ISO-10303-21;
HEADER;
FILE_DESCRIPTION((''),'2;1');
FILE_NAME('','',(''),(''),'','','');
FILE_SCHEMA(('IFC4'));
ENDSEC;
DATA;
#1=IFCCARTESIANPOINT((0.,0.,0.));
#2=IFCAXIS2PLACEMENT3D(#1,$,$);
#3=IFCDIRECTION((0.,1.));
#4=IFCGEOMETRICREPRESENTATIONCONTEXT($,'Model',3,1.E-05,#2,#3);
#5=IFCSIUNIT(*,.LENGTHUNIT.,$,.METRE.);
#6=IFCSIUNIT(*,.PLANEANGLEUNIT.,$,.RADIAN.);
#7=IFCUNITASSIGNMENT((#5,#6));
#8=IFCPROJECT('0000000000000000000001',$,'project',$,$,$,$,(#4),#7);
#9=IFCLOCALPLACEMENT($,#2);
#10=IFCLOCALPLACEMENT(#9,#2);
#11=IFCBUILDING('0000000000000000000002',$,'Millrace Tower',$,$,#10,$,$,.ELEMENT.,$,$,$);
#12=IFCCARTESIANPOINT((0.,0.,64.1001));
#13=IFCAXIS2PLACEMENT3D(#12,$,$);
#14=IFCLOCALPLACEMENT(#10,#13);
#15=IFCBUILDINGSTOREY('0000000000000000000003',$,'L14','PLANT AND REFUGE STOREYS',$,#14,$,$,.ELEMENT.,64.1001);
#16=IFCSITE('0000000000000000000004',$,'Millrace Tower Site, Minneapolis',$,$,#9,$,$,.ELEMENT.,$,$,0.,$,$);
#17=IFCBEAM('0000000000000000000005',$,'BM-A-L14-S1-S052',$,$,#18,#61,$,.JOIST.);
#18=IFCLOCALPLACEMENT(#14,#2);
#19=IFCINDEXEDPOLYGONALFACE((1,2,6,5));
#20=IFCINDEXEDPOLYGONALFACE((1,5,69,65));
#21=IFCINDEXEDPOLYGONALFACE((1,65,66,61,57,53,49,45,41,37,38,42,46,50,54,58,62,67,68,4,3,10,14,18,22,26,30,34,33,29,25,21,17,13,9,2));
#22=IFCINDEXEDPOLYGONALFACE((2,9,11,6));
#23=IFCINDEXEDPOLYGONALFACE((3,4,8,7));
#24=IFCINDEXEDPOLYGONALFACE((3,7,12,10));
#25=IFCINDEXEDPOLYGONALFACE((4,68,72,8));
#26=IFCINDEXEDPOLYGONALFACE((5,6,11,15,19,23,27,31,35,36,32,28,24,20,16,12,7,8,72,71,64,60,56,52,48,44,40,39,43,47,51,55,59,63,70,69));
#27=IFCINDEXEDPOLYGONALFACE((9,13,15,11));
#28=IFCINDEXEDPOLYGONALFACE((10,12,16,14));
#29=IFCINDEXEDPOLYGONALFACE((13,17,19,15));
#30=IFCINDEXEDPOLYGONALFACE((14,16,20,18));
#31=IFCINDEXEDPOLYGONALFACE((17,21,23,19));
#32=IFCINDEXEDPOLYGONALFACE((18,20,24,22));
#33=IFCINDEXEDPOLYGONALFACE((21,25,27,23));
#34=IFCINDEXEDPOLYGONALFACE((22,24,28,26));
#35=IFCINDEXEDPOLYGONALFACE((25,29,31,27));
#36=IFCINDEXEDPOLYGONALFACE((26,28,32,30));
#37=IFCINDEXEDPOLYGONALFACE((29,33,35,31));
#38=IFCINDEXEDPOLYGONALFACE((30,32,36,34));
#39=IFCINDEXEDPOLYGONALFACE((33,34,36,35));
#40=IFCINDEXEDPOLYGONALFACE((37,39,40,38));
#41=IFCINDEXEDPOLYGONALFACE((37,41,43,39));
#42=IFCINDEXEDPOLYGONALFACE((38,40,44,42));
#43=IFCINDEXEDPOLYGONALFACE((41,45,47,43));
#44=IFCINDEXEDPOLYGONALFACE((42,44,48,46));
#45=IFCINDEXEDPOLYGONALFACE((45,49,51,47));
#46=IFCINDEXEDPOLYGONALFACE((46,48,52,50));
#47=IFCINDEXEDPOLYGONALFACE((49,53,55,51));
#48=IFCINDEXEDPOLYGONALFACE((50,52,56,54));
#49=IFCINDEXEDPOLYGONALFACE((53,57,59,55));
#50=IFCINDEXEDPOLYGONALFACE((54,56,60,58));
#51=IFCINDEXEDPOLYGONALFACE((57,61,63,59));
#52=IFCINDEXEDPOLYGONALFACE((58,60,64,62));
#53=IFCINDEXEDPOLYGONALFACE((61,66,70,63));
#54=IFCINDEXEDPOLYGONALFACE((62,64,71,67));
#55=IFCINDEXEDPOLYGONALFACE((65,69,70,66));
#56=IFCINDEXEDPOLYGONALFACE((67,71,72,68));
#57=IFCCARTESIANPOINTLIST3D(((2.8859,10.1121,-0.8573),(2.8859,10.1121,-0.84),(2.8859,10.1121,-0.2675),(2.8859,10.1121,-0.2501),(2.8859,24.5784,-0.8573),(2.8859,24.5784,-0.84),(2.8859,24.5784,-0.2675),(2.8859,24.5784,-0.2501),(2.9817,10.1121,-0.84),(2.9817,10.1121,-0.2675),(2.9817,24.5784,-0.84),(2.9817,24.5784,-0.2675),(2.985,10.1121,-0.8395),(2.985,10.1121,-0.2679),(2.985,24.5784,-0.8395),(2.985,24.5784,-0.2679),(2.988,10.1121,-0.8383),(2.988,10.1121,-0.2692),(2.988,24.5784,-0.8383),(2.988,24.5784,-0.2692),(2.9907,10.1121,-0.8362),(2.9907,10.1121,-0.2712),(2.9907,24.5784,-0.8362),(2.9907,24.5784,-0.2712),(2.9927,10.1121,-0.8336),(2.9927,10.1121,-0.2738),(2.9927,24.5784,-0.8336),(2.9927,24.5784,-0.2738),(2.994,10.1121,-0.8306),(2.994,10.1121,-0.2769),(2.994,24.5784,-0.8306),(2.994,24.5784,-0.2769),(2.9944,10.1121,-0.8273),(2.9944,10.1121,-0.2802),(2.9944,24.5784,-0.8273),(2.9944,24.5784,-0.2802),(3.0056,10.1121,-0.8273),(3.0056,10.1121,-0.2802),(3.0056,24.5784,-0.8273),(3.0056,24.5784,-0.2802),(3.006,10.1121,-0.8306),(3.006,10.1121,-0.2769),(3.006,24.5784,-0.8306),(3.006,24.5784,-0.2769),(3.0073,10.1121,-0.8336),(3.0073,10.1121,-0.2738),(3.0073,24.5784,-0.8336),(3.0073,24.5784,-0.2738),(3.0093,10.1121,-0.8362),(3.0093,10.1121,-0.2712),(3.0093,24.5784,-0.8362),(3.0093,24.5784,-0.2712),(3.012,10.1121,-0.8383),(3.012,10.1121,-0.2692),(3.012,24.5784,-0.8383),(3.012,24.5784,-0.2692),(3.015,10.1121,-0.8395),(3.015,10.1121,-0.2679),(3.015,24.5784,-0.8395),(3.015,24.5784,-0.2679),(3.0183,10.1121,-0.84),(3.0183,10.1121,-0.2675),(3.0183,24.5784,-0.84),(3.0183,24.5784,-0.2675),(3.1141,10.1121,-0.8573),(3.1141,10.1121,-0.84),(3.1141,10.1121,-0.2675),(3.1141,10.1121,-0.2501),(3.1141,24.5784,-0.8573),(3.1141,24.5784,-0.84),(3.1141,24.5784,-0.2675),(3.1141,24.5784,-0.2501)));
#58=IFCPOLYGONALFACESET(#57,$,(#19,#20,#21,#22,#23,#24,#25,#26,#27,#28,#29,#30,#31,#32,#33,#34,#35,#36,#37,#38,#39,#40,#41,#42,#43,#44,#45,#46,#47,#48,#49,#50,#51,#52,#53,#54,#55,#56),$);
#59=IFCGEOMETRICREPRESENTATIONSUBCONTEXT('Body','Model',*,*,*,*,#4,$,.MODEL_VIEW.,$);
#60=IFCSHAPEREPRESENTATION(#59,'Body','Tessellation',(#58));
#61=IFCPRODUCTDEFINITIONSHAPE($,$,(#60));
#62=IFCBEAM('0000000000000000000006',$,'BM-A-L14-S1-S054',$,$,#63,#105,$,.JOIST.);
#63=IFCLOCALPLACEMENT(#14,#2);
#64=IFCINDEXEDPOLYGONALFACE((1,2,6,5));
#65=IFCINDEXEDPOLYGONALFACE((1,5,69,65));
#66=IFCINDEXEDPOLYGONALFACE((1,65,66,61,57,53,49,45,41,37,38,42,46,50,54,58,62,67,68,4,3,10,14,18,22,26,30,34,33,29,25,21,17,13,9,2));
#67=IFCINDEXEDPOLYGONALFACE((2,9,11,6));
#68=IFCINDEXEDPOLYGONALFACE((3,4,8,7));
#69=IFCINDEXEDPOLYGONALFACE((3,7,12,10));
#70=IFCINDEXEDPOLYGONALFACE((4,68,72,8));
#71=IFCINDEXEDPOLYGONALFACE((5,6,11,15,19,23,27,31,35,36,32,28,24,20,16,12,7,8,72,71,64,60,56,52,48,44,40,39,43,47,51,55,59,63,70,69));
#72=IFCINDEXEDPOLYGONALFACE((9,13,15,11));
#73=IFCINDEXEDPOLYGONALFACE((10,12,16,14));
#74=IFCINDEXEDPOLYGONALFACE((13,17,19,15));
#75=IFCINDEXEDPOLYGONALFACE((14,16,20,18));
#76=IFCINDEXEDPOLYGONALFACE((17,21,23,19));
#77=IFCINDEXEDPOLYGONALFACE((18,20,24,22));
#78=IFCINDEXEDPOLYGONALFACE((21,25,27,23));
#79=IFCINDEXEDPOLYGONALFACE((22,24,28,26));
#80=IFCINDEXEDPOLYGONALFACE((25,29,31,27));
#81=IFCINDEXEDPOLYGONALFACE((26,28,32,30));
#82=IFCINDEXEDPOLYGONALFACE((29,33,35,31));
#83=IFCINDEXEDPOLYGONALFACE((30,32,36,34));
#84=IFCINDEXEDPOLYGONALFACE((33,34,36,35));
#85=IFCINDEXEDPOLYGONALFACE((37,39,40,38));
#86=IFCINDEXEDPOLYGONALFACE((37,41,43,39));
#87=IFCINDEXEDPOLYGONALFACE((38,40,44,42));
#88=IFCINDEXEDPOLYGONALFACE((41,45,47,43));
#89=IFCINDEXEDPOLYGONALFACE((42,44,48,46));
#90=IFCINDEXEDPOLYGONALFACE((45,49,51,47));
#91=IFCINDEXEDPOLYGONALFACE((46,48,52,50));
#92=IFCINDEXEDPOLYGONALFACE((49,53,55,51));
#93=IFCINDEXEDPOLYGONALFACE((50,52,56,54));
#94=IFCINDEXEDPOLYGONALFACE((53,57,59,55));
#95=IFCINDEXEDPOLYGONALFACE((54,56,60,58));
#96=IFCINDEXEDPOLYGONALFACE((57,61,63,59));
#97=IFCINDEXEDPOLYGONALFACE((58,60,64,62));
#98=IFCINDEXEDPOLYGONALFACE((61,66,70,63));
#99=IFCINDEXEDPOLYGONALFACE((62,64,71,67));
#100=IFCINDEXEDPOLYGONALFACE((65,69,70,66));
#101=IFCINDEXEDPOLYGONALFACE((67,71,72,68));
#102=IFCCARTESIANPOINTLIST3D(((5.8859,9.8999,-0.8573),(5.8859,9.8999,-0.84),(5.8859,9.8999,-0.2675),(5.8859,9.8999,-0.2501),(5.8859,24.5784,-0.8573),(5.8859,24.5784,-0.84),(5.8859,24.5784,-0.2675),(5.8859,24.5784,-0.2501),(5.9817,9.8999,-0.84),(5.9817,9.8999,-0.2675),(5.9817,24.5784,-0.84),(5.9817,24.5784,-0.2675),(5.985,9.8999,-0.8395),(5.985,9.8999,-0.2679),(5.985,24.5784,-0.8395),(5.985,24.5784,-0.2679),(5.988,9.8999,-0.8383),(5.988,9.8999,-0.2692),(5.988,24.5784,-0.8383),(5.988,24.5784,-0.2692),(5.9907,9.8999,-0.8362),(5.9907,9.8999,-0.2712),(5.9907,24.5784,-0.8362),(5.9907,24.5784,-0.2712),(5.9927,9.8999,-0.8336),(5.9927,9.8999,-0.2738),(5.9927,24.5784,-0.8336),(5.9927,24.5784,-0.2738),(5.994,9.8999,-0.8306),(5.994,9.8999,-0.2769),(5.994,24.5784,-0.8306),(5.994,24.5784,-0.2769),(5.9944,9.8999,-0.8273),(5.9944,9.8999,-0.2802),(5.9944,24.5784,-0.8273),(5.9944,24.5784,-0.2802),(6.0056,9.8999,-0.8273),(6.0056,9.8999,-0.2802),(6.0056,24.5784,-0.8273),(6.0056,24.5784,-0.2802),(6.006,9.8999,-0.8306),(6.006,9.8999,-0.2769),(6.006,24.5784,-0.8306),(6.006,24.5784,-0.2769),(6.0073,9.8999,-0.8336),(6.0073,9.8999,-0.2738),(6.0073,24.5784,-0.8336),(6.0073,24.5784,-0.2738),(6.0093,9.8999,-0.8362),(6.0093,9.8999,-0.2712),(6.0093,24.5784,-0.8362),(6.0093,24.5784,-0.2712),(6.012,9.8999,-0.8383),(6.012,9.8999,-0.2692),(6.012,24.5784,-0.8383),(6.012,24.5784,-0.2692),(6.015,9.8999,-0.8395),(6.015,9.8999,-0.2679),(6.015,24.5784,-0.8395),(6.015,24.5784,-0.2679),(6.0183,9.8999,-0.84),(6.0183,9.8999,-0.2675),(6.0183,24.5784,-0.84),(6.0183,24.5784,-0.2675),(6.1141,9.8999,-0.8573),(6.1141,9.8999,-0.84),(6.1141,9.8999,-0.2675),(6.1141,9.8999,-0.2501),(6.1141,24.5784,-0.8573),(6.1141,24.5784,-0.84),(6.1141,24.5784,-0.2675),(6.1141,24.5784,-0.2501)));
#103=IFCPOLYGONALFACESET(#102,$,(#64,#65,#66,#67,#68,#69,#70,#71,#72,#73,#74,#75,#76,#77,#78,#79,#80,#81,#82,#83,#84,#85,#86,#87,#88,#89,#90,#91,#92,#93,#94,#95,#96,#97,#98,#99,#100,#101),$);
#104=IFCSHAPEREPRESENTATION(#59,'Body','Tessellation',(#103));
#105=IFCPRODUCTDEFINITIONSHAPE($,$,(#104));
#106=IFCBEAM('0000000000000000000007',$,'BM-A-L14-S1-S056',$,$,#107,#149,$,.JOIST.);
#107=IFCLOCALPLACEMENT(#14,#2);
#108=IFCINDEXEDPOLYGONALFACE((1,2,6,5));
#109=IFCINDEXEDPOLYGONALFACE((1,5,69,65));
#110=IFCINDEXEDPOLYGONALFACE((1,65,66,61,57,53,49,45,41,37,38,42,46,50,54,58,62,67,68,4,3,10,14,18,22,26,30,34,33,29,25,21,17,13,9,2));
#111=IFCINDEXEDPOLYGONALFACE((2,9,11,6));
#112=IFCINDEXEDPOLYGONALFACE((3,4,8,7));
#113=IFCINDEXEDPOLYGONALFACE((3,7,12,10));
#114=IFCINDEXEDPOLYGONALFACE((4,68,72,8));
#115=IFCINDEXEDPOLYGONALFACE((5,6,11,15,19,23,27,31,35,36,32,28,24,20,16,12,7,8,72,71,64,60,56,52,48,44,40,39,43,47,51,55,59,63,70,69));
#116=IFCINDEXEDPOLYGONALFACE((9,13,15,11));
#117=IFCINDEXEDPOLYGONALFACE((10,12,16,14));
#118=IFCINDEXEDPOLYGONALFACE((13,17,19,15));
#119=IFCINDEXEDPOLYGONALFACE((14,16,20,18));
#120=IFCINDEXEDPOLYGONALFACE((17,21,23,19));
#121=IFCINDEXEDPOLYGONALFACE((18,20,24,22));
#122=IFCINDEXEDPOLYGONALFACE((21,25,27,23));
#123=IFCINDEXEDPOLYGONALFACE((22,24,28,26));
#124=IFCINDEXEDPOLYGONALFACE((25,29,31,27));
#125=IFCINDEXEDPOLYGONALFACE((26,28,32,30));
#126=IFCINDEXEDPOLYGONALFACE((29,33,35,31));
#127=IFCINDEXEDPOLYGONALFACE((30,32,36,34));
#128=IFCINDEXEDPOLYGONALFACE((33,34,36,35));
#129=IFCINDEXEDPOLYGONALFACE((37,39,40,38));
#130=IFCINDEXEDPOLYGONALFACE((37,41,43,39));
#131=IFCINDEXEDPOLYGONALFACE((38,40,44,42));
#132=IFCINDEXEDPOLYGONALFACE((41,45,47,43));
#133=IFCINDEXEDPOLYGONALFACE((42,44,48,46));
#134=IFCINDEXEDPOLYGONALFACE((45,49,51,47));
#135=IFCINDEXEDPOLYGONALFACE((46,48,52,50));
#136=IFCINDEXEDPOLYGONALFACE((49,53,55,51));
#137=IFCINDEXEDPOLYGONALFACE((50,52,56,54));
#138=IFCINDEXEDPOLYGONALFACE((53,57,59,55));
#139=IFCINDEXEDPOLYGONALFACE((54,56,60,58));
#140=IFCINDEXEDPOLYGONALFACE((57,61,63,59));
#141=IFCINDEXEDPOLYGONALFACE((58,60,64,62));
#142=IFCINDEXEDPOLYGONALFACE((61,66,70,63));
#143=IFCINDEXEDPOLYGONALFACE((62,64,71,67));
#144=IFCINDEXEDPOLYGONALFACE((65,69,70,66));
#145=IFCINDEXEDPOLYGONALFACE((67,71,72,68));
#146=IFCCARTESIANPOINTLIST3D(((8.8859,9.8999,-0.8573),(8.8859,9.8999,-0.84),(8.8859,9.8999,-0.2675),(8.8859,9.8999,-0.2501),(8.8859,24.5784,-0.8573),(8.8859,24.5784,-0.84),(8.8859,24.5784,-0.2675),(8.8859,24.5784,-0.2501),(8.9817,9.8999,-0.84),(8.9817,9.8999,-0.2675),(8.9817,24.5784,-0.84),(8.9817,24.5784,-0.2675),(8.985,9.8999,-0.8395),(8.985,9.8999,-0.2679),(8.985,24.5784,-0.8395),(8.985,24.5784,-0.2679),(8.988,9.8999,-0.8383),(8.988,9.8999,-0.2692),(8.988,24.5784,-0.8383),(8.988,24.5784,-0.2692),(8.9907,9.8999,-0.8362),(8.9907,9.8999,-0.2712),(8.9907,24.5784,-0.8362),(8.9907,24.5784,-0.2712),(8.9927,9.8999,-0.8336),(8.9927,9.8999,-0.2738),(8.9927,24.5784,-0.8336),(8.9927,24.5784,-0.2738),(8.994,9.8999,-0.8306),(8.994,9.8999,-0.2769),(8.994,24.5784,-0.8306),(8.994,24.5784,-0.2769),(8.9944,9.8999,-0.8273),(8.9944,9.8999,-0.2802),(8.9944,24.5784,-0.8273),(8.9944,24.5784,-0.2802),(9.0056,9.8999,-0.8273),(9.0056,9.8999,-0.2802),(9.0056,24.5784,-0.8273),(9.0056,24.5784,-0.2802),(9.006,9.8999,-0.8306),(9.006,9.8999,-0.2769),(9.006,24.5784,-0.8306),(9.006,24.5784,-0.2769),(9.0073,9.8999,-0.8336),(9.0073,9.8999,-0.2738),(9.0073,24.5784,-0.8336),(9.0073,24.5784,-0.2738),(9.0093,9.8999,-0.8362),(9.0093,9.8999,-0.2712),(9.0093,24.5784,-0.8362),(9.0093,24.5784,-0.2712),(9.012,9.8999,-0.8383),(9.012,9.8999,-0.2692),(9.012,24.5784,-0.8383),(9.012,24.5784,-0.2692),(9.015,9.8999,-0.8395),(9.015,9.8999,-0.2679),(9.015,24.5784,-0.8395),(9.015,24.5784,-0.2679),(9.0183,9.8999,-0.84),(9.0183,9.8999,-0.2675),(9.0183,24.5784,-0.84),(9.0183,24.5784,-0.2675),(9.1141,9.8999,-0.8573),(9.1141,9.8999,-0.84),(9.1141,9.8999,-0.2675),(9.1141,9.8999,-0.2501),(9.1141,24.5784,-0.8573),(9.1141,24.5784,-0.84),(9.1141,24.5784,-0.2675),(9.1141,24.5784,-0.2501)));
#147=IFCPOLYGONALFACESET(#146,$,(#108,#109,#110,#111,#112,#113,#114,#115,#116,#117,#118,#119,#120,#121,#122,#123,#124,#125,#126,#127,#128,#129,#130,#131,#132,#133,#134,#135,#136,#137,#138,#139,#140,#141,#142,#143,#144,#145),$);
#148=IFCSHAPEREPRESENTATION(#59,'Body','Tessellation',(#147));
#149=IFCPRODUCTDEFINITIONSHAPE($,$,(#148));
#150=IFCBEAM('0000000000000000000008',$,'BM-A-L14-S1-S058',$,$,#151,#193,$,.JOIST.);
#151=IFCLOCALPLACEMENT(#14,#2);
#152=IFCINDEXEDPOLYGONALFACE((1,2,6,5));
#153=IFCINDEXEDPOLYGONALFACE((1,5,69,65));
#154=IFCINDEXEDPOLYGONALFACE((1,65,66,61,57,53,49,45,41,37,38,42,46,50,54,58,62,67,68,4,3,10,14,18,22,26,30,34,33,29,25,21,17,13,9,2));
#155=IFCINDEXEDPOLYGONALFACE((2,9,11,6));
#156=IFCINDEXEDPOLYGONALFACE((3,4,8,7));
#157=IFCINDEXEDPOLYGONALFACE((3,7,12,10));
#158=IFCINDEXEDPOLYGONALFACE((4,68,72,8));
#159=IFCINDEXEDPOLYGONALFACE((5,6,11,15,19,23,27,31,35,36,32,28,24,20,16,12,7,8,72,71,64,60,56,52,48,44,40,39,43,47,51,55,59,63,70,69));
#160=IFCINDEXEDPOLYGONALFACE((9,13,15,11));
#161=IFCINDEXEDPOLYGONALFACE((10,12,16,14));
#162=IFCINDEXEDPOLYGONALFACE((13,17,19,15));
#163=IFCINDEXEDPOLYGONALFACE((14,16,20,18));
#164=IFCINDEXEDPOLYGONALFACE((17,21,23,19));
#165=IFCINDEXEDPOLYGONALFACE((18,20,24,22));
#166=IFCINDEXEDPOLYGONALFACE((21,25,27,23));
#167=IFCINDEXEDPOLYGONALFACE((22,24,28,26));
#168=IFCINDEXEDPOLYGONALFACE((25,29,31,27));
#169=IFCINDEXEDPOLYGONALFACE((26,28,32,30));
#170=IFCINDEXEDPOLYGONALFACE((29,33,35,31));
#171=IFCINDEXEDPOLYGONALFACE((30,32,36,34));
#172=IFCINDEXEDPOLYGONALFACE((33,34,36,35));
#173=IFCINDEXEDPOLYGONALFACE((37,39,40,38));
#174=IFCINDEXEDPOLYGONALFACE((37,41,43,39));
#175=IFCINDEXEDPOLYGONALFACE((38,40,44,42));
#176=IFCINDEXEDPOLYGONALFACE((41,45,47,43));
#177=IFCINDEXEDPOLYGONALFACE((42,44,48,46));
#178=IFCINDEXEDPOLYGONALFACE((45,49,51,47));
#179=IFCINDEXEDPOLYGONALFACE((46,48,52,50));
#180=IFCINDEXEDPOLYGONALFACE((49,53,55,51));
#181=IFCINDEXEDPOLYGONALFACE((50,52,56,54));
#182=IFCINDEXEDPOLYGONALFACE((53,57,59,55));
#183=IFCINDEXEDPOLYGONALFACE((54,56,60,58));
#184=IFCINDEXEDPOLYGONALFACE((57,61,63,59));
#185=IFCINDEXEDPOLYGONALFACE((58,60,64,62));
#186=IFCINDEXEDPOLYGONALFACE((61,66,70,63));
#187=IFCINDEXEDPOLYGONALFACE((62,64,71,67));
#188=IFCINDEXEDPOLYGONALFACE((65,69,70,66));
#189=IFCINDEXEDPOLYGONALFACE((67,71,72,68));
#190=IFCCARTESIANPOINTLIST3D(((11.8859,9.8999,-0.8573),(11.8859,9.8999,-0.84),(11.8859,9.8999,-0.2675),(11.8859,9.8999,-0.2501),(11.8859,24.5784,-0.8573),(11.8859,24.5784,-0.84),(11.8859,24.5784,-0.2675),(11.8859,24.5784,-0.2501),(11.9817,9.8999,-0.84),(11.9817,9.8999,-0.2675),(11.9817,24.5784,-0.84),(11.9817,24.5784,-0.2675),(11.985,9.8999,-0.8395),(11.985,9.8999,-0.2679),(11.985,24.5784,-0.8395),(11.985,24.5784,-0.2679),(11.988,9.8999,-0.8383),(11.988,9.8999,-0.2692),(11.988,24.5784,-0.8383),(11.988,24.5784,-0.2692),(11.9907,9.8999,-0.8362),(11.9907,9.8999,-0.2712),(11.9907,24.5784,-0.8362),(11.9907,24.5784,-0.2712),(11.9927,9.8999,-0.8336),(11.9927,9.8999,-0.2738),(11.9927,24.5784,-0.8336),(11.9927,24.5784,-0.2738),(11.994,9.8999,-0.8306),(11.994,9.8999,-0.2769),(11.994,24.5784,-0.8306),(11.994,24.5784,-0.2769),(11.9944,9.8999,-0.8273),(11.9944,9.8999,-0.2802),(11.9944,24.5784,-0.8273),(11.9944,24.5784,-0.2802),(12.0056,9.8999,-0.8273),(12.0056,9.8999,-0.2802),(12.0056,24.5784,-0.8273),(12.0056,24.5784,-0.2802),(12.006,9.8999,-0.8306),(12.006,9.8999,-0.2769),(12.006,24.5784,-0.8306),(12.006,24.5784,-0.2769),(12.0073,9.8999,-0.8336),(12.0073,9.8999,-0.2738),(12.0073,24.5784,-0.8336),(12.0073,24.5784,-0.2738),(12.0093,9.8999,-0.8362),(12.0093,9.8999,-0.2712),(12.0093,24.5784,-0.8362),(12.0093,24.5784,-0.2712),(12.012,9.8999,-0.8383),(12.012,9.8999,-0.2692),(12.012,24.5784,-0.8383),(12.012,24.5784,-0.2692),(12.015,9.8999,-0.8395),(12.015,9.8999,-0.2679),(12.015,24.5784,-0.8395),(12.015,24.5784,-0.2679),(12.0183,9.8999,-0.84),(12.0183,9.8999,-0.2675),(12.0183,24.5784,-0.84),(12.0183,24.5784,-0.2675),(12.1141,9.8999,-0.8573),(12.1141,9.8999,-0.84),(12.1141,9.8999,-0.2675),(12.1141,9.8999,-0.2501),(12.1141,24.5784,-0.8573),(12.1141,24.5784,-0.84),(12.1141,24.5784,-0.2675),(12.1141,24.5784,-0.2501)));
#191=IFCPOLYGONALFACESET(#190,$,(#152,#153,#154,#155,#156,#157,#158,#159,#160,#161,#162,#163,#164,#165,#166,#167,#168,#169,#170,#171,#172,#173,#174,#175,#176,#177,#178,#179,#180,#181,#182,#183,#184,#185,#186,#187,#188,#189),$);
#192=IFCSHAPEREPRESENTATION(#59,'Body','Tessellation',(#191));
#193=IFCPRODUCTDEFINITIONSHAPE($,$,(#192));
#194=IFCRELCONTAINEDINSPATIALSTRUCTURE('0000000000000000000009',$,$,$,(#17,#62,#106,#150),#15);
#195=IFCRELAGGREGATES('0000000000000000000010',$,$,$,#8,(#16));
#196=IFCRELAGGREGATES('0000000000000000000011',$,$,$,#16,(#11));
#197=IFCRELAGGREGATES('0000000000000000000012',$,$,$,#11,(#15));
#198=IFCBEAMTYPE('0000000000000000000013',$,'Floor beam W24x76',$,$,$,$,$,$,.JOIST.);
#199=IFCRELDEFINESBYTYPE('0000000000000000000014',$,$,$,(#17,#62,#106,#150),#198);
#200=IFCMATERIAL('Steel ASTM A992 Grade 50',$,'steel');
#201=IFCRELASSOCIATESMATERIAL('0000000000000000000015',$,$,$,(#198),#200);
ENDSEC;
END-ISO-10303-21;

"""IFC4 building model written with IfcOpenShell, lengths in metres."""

from ifc_helpers import new_model, si_unit, direction, frame, origin, origin_2d, place, context, subcontext, project, spatial, i_section, extrude, material, material_profile, profile_set, type_object, element, save


model = new_model("IFC4")

# Units and contexts
model_context = context("Model", 3, precision=1e-05, world=origin(), true_north=direction((0.0, 1.0)))
body_context = subcontext(model_context, "Body", "Model", "MODEL_VIEW")
ifc_project = project(units=[si_unit("LENGTHUNIT", "METRE"), si_unit("PLANEANGLEUNIT", "RADIAN")], contexts=[model_context])

# Site, building, storey
site_placement = place(None, origin())
site = spatial("IfcSite", under=ifc_project, at=site_placement, Name="Millrace Tower Site, Minneapolis", CompositionType="ELEMENT", RefElevation=0.0)
building_placement = place(site_placement, origin())
building = spatial("IfcBuilding", under=site, at=building_placement, Name="Millrace Tower", CompositionType="ELEMENT")
storey_placement = place(building_placement, frame((0.0, 0.0, 64.1001)))
storey = spatial("IfcBuildingStorey", under=building, at=storey_placement, Name="L14", Description="PLANT AND REFUGE STOREYS", CompositionType="ELEMENT", Elevation=64.1001)

# Beams
ifc_material_1 = material(Name="Steel ASTM A992 Grade 50", Category="steel")
ifc_material_profile_1 = material_profile(ifc_material_1, i_section(OverallWidth=0.2283, OverallDepth=0.6072, WebThickness=0.0112, FlangeThickness=0.0173, FilletRadius=0.0127, at=origin_2d()))
ifc_profile_set_1 = profile_set([ifc_material_profile_1], Name="Steel ASTM A992 Grade 50")
beam_type_1 = type_object("IfcBeamType", Name="Floor beam W24x76", PredefinedType="JOIST", material=ifc_profile_set_1)
beam_1_placement = place(storey_placement, frame((3.0, 10.1121, -0.5537), z_axis=(0.0, 1.0, 0.0), x_axis=(-1.0, 0.0, 0.0)))
element("IfcBeam", 1, at=beam_1_placement, inside=storey, type_object=beam_type_1, Name="BM-A-L14-S1-S052", PredefinedType="JOIST", context=body_context, shape_type="SweptSolid", body=[
    extrude(i_section(OverallWidth=0.2283, OverallDepth=0.6072, WebThickness=0.0112, FlangeThickness=0.0173, FilletRadius=0.0127, at=origin_2d()), origin(), (0.0, 0.0, 1.0), 14.4663),
])
for number, where, z_axis, x_axis, name in (
    (2, (6.0, 9.8999, -0.5537), (0.0, 1.0, 0.0), (-1.0, 0.0, 0.0), "BM-A-L14-S1-S054"),
    (3, (9.0, 9.8999, -0.5537), (0.0, 1.0, 0.0), (-1.0, 0.0, 0.0), "BM-A-L14-S1-S056"),
    (4, (12.0, 9.8999, -0.5537), (0.0, 1.0, 0.0), (-1.0, 0.0, 0.0), "BM-A-L14-S1-S058"),
):
    element("IfcBeam", number, at=place(storey_placement, frame(where, z_axis=z_axis, x_axis=x_axis)), inside=storey, type_object=beam_type_1, Name=name, PredefinedType="JOIST", context=body_context, shape_type="SweptSolid", body=[
        extrude(i_section(OverallWidth=0.2283, OverallDepth=0.6072, WebThickness=0.0112, FlangeThickness=0.0173, FilletRadius=0.0127, at=origin_2d()), origin(), (0.0, 0.0, 1.0), 14.6785),
    ])

save(model, "model.ifc")
